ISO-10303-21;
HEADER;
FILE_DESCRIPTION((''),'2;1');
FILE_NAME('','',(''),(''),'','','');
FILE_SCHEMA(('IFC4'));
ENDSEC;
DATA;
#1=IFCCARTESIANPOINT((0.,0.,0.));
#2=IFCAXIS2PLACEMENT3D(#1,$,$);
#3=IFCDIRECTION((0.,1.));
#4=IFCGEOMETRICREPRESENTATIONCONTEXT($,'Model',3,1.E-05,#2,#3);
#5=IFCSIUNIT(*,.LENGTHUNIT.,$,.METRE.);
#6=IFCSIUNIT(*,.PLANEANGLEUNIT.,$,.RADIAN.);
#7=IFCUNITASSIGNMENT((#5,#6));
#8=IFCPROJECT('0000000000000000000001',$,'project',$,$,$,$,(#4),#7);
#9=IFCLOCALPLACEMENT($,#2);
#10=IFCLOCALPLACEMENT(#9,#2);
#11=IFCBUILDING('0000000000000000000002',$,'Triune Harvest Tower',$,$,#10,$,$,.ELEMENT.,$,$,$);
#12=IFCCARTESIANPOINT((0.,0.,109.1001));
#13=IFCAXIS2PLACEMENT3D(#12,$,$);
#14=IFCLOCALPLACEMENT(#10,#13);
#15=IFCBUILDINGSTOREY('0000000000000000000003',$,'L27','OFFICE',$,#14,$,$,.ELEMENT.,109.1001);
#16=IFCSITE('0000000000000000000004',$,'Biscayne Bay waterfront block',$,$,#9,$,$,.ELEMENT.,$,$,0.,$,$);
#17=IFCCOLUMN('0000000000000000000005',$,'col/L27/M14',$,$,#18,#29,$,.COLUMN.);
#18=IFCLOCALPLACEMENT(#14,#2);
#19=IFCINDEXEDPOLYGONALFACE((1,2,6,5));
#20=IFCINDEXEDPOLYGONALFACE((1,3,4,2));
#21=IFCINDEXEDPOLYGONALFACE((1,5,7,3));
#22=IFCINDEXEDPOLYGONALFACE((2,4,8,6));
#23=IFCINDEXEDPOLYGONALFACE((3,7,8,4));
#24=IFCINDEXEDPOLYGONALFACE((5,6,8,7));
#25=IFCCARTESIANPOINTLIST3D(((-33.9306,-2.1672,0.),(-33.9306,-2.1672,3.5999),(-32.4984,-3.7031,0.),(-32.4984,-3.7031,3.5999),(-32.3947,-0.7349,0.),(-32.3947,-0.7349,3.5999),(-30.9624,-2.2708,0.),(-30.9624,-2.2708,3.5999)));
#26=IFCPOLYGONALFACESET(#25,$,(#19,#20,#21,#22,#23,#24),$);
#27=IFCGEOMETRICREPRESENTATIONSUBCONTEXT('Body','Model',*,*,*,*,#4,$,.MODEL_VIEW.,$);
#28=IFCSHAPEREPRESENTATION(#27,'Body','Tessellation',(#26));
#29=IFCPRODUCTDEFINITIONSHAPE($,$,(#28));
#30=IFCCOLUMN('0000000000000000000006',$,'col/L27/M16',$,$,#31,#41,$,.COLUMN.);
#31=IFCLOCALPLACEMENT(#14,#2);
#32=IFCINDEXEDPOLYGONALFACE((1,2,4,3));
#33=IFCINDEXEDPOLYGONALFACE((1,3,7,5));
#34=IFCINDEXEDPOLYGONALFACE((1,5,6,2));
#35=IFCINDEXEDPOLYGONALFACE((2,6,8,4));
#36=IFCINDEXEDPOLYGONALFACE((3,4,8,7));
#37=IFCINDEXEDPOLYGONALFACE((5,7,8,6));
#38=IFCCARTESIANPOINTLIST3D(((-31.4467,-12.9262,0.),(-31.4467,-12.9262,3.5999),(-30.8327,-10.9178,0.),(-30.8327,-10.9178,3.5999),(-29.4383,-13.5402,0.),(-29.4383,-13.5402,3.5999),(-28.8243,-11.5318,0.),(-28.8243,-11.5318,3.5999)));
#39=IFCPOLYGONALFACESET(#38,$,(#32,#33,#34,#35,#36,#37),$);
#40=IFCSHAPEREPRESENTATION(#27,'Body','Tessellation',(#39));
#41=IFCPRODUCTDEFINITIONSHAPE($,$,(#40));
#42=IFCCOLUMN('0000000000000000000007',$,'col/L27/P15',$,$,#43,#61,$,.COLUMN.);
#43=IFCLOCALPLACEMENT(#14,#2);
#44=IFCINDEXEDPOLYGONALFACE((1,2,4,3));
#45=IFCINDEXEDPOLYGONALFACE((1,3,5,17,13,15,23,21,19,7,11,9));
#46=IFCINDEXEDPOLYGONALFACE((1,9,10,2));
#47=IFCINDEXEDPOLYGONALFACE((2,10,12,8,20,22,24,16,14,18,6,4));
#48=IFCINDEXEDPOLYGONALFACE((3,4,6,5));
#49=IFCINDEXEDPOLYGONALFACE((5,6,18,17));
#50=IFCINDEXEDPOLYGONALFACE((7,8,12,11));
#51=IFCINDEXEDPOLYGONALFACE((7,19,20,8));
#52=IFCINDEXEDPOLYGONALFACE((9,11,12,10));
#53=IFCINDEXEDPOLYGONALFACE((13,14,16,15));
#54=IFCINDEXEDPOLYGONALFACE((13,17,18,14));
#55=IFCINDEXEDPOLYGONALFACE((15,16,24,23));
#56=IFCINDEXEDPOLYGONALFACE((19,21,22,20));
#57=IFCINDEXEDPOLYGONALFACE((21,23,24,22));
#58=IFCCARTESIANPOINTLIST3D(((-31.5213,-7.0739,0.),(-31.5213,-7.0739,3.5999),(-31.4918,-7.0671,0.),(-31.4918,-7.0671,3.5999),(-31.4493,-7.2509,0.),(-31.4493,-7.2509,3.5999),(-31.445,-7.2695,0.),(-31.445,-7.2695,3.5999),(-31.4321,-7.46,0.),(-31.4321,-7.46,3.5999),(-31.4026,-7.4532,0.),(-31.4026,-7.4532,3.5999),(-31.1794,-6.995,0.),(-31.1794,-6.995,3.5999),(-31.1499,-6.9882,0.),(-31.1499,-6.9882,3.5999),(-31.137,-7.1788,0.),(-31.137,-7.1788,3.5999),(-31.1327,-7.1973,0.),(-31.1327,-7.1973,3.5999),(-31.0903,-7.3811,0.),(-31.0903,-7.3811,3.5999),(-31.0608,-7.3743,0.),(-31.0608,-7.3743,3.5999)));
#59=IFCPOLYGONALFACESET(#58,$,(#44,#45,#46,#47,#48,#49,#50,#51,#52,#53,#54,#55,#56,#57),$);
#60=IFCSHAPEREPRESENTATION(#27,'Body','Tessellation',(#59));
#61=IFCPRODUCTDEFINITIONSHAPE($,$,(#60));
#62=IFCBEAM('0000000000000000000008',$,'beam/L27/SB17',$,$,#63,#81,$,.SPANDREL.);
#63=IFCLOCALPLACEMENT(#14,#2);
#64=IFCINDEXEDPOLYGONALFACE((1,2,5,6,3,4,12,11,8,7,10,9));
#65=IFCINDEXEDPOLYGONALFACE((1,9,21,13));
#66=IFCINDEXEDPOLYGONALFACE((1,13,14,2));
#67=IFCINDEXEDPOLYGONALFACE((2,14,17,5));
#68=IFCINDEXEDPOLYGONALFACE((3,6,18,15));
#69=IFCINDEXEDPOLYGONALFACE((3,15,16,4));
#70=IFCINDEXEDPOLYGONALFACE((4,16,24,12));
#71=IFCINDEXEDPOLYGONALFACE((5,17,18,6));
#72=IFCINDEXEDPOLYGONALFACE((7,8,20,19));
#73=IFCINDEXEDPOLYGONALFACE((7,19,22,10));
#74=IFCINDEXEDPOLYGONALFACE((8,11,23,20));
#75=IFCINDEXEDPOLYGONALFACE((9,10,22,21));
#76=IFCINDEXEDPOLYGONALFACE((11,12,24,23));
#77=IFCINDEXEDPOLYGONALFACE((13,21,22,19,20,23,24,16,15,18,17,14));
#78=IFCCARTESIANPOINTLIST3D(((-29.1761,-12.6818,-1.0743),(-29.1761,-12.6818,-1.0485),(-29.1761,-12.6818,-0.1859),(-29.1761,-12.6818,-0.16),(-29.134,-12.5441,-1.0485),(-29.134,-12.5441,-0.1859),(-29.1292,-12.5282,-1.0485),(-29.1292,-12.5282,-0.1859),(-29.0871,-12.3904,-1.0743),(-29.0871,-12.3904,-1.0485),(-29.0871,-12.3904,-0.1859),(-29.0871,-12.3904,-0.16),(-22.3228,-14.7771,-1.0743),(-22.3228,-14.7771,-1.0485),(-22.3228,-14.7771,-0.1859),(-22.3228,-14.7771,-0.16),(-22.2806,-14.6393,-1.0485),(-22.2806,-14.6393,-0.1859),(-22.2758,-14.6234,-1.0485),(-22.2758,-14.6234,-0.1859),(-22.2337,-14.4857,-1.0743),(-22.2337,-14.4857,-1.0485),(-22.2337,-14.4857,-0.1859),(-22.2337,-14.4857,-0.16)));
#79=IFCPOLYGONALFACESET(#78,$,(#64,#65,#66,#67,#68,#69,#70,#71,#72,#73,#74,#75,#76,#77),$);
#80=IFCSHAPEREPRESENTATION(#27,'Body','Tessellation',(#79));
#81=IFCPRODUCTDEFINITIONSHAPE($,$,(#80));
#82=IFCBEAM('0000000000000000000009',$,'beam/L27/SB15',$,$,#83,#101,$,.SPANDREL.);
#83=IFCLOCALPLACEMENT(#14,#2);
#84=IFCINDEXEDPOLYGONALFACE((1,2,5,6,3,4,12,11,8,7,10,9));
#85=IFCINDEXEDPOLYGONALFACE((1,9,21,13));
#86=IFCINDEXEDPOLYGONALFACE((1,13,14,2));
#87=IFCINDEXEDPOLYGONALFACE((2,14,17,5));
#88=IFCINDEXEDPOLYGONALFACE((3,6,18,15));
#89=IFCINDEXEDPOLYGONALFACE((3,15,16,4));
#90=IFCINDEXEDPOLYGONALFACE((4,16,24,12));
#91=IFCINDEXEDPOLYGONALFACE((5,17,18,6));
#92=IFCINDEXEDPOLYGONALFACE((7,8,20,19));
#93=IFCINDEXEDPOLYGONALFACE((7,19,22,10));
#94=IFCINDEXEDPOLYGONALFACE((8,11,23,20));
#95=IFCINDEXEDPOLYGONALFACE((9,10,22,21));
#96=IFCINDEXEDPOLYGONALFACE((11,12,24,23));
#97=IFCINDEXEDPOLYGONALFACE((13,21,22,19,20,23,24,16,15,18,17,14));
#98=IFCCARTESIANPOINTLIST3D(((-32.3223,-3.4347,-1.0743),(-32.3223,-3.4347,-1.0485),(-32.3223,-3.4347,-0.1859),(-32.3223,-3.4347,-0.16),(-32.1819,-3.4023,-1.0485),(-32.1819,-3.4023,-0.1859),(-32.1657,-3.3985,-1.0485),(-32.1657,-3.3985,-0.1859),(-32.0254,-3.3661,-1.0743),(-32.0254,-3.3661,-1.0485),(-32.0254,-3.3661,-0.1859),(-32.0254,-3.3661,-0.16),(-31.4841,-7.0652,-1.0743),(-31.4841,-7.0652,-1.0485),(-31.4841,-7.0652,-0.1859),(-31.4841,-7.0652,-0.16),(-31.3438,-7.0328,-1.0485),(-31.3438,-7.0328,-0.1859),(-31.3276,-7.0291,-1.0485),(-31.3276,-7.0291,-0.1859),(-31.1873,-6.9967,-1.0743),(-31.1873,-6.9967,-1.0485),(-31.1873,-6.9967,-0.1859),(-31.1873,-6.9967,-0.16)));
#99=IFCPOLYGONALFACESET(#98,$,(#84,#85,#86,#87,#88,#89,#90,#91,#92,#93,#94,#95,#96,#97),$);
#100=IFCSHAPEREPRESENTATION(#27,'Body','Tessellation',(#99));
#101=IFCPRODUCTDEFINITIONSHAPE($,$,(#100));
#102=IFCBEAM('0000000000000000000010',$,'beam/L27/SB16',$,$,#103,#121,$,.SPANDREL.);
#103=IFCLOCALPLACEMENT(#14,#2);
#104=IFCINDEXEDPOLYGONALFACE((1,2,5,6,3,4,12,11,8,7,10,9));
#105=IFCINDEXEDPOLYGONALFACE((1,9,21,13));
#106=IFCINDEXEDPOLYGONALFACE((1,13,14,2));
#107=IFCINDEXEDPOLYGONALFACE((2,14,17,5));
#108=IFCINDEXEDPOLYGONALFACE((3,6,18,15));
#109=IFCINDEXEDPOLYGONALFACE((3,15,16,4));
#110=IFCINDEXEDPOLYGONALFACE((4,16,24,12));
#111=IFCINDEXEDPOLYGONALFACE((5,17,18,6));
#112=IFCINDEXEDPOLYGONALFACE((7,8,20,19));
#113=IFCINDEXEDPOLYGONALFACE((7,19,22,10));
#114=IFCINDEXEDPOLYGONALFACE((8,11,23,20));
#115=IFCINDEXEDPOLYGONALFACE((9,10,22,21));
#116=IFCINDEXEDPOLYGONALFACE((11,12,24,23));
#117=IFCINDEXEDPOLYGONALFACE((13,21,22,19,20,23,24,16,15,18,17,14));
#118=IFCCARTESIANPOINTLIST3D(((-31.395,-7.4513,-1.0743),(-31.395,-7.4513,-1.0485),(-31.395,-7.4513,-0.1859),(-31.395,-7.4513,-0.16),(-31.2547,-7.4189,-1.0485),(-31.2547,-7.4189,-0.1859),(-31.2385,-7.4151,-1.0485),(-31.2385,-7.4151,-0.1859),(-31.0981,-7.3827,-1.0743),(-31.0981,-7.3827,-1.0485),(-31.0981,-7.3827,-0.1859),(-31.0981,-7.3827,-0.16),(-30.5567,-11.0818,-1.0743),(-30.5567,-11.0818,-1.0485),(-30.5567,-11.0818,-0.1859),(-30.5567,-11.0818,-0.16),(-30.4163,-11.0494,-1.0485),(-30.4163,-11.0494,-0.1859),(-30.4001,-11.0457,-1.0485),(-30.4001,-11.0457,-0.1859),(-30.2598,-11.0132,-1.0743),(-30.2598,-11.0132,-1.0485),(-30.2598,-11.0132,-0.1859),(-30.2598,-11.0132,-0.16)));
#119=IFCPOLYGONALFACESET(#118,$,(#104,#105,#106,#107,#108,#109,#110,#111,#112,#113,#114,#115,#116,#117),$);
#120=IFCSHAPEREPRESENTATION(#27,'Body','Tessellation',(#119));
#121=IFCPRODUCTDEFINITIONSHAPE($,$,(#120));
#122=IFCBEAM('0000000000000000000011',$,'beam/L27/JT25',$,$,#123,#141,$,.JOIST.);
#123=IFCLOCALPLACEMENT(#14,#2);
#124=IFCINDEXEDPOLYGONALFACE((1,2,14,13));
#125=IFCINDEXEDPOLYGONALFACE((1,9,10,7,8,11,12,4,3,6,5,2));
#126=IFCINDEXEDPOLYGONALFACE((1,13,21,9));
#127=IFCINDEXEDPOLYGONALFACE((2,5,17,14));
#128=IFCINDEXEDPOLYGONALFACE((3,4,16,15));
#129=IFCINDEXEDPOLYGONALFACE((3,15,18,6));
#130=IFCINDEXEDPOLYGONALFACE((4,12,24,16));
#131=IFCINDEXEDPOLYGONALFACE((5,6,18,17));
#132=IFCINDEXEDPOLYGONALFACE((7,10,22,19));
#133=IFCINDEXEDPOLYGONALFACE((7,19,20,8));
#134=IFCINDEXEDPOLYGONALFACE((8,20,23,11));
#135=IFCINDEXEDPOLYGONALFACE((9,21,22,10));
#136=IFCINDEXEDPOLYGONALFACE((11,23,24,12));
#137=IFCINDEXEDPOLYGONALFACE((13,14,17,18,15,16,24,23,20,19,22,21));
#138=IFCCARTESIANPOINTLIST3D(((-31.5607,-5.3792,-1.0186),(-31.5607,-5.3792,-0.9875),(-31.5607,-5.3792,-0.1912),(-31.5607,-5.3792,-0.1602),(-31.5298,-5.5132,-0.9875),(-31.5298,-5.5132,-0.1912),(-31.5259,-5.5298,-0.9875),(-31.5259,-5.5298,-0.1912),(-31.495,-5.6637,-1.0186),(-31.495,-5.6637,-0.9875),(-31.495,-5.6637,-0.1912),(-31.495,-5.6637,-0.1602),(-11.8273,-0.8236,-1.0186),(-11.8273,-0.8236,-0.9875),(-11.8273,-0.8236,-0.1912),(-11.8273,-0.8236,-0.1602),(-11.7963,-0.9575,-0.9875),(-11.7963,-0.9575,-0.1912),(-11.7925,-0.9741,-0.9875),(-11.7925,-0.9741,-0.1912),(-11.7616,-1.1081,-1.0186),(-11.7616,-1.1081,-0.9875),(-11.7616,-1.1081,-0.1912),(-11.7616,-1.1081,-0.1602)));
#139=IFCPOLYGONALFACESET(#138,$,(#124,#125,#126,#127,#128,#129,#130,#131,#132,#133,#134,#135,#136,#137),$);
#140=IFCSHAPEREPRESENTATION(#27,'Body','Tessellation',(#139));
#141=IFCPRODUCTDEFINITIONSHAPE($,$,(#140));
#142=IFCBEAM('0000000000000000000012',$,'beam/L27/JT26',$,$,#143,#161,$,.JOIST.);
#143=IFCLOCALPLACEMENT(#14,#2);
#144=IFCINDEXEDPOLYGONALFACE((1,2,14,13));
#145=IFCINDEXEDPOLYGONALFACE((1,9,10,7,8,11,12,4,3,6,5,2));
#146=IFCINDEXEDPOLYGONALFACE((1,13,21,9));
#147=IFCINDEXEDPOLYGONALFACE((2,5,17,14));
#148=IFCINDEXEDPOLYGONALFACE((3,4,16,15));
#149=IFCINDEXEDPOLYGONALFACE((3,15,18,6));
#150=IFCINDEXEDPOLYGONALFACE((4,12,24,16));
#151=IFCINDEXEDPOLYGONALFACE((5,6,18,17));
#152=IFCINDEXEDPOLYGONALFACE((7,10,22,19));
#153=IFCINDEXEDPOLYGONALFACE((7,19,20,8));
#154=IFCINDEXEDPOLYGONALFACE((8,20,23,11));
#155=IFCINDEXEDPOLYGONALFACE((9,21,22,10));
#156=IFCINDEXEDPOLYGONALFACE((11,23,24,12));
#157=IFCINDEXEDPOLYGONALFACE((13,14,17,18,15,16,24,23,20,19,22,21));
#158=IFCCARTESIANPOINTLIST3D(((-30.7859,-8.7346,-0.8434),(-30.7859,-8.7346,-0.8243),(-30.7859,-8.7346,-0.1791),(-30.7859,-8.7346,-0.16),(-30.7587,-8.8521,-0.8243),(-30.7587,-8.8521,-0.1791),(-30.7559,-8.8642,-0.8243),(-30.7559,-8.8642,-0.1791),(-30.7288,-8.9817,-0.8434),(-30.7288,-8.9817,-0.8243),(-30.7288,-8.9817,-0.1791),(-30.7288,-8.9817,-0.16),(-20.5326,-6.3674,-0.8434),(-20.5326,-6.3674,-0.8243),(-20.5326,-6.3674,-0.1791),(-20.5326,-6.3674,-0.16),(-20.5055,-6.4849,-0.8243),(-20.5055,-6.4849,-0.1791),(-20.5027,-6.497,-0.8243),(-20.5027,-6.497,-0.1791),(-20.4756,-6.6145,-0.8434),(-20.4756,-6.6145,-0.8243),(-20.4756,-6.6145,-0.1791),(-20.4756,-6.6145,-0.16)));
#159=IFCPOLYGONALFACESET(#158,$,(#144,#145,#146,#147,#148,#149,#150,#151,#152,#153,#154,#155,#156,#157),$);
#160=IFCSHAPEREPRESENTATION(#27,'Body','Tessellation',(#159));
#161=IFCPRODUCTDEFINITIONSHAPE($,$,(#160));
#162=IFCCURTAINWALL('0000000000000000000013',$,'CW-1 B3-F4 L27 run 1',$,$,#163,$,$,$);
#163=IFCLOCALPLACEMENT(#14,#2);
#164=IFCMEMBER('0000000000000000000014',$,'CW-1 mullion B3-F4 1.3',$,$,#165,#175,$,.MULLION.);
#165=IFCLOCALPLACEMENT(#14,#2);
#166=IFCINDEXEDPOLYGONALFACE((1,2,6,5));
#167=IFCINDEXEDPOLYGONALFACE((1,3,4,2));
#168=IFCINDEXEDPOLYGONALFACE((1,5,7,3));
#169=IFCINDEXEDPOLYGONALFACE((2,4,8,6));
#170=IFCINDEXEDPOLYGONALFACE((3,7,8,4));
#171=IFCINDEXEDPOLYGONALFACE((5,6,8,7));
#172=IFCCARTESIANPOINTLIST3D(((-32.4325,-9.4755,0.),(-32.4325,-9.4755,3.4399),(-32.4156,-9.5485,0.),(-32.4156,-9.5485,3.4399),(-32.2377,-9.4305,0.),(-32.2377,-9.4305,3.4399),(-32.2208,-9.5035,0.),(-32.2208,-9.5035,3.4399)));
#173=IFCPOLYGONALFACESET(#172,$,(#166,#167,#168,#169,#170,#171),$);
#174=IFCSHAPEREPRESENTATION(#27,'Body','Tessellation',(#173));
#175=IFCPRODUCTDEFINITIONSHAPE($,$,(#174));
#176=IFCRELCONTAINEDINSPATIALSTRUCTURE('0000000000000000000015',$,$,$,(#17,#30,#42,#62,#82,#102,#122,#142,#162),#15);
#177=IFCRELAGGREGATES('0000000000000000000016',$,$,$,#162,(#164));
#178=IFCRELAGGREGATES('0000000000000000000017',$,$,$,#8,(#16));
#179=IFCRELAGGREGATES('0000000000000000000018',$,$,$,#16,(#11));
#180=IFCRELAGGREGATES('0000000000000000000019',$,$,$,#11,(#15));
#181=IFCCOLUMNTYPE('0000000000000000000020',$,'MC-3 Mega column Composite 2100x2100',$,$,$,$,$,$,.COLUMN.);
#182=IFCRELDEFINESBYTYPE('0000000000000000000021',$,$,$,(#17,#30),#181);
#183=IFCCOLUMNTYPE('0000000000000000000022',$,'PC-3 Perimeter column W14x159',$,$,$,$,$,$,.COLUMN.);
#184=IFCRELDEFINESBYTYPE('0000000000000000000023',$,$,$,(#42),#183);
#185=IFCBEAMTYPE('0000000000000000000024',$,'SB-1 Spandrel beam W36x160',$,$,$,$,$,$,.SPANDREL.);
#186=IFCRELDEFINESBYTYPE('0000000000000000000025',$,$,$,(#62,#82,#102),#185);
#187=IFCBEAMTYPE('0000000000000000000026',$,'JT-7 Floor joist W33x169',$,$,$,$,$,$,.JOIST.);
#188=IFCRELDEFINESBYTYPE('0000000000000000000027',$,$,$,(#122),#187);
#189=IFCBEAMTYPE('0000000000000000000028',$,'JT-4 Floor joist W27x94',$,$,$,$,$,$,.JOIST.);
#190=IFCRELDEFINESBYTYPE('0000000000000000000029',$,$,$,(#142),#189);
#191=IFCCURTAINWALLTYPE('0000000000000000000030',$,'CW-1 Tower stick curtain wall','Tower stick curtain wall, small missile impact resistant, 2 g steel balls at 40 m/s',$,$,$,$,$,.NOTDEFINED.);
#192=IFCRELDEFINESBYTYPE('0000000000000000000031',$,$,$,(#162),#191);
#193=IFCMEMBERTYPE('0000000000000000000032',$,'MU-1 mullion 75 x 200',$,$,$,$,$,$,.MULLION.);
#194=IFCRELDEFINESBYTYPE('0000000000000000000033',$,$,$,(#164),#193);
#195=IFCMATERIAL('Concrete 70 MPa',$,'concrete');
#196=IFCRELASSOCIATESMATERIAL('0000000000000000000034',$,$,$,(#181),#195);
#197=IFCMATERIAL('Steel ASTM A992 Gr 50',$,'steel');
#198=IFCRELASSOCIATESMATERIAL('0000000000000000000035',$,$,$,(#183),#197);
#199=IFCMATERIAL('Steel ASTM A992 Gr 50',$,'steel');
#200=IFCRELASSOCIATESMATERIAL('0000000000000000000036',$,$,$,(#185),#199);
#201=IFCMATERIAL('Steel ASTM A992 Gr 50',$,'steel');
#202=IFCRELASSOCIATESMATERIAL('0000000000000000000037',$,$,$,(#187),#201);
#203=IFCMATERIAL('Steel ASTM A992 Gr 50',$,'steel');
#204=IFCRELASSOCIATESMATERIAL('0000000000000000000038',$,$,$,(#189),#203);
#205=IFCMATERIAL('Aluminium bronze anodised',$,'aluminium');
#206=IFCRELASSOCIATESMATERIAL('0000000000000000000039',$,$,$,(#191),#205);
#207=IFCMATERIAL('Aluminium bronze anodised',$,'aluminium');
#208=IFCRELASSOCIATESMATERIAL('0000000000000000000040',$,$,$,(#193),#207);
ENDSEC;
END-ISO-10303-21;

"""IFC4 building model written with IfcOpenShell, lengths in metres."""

from ifc_helpers import new_model, si_unit, direction, frame, origin, origin_2d, place, context, subcontext, project, spatial, rectangle, i_section, extrude, source, transform, mapped, material, material_profile, profile_set, type_object, element, aggregate, save


model = new_model("IFC4")

# Units and contexts
model_context = context("Model", 3, precision=1e-05, world=origin(), true_north=direction((0.0, 1.0)))
body_context = subcontext(model_context, "Body", "Model", "MODEL_VIEW")
ifc_project = project(units=[si_unit("LENGTHUNIT", "METRE"), si_unit("PLANEANGLEUNIT", "RADIAN")], contexts=[model_context])

# Site, building, storey
site_placement = place(None, origin())
site = spatial("IfcSite", under=ifc_project, at=site_placement, Name="Biscayne Bay waterfront block", CompositionType="ELEMENT", RefElevation=0.0)
building_placement = place(site_placement, origin())
building = spatial("IfcBuilding", under=site, at=building_placement, Name="Triune Harvest Tower", CompositionType="ELEMENT")
storey_placement = place(building_placement, frame((0.0, 0.0, 109.1001)))
storey = spatial("IfcBuildingStorey", under=building, at=storey_placement, Name="L27", Description="OFFICE", CompositionType="ELEMENT", Elevation=109.1001)

# Columns
ifc_material_1 = material(Name="Concrete 70 MPa", Category="concrete")
ifc_material_profile_1 = material_profile(ifc_material_1, rectangle(XDim=2.1001, YDim=2.1001, at=origin_2d()), Name="Composite 2100x2100")
ifc_profile_set_1 = profile_set([ifc_material_profile_1], Name="Concrete 70 MPa")
column_type_1 = type_object("IfcColumnType", Name="MC-3 Mega column Composite 2100x2100", PredefinedType="COLUMN", material=ifc_profile_set_1)
shared_shape_1 = source(origin(), body_context, "Body", "SweptSolid", [
    extrude(rectangle(XDim=2.1001, YDim=2.1001, at=origin_2d()), origin(), (0.0, 0.0, 1.0), 3.5999),
])
for number, where, z_axis, x_axis, name in (
    (1, (-32.4465, -2.219, 0.0), (0.0, 0.0, 1.0), (-0.731355, -0.681997, 0.0), "col/L27/M14"),
    (2, (-30.1355, -12.229, 0.0), (0.0, 0.0, 1.0), (0.956305, -0.292372, 0.0), "col/L27/M16"),
):
    element("IfcColumn", number, at=place(storey_placement, frame(where, z_axis=z_axis, x_axis=x_axis)), inside=storey, type_object=column_type_1, Name=name, PredefinedType="COLUMN", context=body_context, shape_type="MappedRepresentation", body=[
        mapped(shared_shape_1, transform((0.0, 0.0, 0.0), scale=1.0)),
    ])
ifc_material_2 = material(Name="Steel ASTM A992 Gr 50", Category="steel")
ifc_material_profile_2 = material_profile(ifc_material_2, i_section(OverallWidth=0.3962, OverallDepth=0.3811, WebThickness=0.019, FlangeThickness=0.0303, at=origin_2d()), Name="W14x159")
ifc_profile_set_2 = profile_set([ifc_material_profile_2], Name="Steel ASTM A992 Gr 50")
column_type_2 = type_object("IfcColumnType", Name="PC-3 Perimeter column W14x159", PredefinedType="COLUMN", material=ifc_profile_set_2)
shared_shape_2 = source(origin(), body_context, "Body", "SweptSolid", [
    extrude(i_section(OverallWidth=0.3962, OverallDepth=0.3811, WebThickness=0.019, FlangeThickness=0.0303, at=origin_2d()), origin(), (0.0, 0.0, 1.0), 3.5999),
])
column_placement = place(storey_placement, frame((-31.291, -7.2241, 0.0), z_axis=(0.0, 0.0, 1.0), x_axis=(0.224951, -0.97437, 0.0)))
element("IfcColumn", 3, at=column_placement, inside=storey, type_object=column_type_2, Name="col/L27/P15", PredefinedType="COLUMN", context=body_context, shape_type="MappedRepresentation", body=[
    mapped(shared_shape_2, transform((0.0, 0.0, 0.0), scale=1.0)),
])

# Beams
ifc_material_3 = material(Name="Steel ASTM A992 Gr 50", Category="steel")
ifc_material_profile_3 = material_profile(ifc_material_3, i_section(OverallWidth=0.3047, OverallDepth=0.9143, WebThickness=0.0166, FlangeThickness=0.0259, at=origin_2d()), Name="W36x160")
ifc_profile_set_3 = profile_set([ifc_material_profile_3], Name="Steel ASTM A992 Gr 50")
beam_type_1 = type_object("IfcBeamType", Name="SB-1 Spandrel beam W36x160", PredefinedType="SPANDREL", material=ifc_profile_set_3)
shared_shape_3 = source(origin(), body_context, "Body", "SweptSolid", [
    extrude(i_section(OverallWidth=0.3047, OverallDepth=0.9143, WebThickness=0.0166, FlangeThickness=0.0259, at=origin_2d()), origin(), (0.0, 0.0, 1.0), 7.1665),
])
beam_1_placement = place(storey_placement, frame((-29.1316, -12.5361, -0.6172), z_axis=(0.956306, -0.292367, 0.0), x_axis=(0.292367, 0.956306, 0.0)))
element("IfcBeam", 4, at=beam_1_placement, inside=storey, type_object=beam_type_1, Name="beam/L27/SB17", PredefinedType="SPANDREL", context=body_context, shape_type="MappedRepresentation", body=[
    mapped(shared_shape_3, transform((0.0, 0.0, 0.0), scale=1.0)),
])
shared_shape_4 = source(origin(), body_context, "Body", "SweptSolid", [
    extrude(i_section(OverallWidth=0.3047, OverallDepth=0.9143, WebThickness=0.0166, FlangeThickness=0.0259, at=origin_2d()), origin(), (0.0, 0.0, 1.0), 3.7261),
])
for number, where, z_axis, x_axis, name in (
    (5, (-32.1738, -3.4004, -0.6172), (0.224936, -0.974374, 0.0), (0.974374, 0.224936, 0.0), "beam/L27/SB15"),
    (6, (-31.2466, -7.417, -0.6172), (0.224998, -0.974359, 0.0), (0.974359, 0.224998, 0.0), "beam/L27/SB16"),
):
    element("IfcBeam", number, at=place(storey_placement, frame(where, z_axis=z_axis, x_axis=x_axis)), inside=storey, type_object=beam_type_1, Name=name, PredefinedType="SPANDREL", context=body_context, shape_type="MappedRepresentation", body=[
        mapped(shared_shape_4, transform((0.0, 0.0, 0.0), scale=1.0)),
    ])
ifc_material_4 = material(Name="Steel ASTM A992 Gr 50", Category="steel")
ifc_material_profile_4 = material_profile(ifc_material_4, i_section(OverallWidth=0.292, OverallDepth=0.8584, WebThickness=0.0171, FlangeThickness=0.031, at=origin_2d()), Name="W33x169")
ifc_profile_set_4 = profile_set([ifc_material_profile_4], Name="Steel ASTM A992 Gr 50")
beam_type_2 = type_object("IfcBeamType", Name="JT-7 Floor joist W33x169", PredefinedType="JOIST", material=ifc_profile_set_4)
shared_shape_5 = source(origin(), body_context, "Body", "SweptSolid", [
    extrude(i_section(OverallWidth=0.292, OverallDepth=0.8584, WebThickness=0.0171, FlangeThickness=0.031, at=origin_2d()), origin(), (0.0, 0.0, 1.0), 20.2524),
])
beam_2_placement = place(storey_placement, frame((-31.5278, -5.5215, -0.5894), z_axis=(0.974372, 0.224944, 0.0), x_axis=(-0.224944, 0.974372, 0.0)))
element("IfcBeam", 7, at=beam_2_placement, inside=storey, type_object=beam_type_2, Name="beam/L27/JT25", PredefinedType="JOIST", context=body_context, shape_type="MappedRepresentation", body=[
    mapped(shared_shape_5, transform((0.0, 0.0, 0.0), scale=1.0)),
])
ifc_material_5 = material(Name="Steel ASTM A992 Gr 50", Category="steel")
ifc_material_profile_5 = material_profile(ifc_material_5, i_section(OverallWidth=0.2537, OverallDepth=0.6833, WebThickness=0.0125, FlangeThickness=0.019, at=origin_2d()), Name="W27x94")
ifc_profile_set_5 = profile_set([ifc_material_profile_5], Name="Steel ASTM A992 Gr 50")
beam_type_3 = type_object("IfcBeamType", Name="JT-4 Floor joist W27x94", PredefinedType="JOIST", material=ifc_profile_set_5)
shared_shape_6 = source(origin(), body_context, "Body", "SweptSolid", [
    extrude(i_section(OverallWidth=0.2537, OverallDepth=0.6833, WebThickness=0.0125, FlangeThickness=0.019, at=origin_2d()), origin(), (0.0, 0.0, 1.0), 10.5229),
])
beam_3_placement = place(storey_placement, frame((-30.7573, -8.8582, -0.5017), z_axis=(0.974369, 0.224956, 0.0), x_axis=(-0.224956, 0.974369, 0.0)))
element("IfcBeam", 8, at=beam_3_placement, inside=storey, type_object=beam_type_3, Name="beam/L27/JT26", PredefinedType="JOIST", context=body_context, shape_type="MappedRepresentation", body=[
    mapped(shared_shape_6, transform((0.0, 0.0, 0.0), scale=1.0)),
])

# Curtain wall, member
ifc_material_6 = material(Name="Aluminium bronze anodised", Category="aluminium")
curtain_wall_type = type_object("IfcCurtainWallType", Name="CW-1 Tower stick curtain wall", Description="Tower stick curtain wall, small missile impact resistant, 2 g steel balls at 40 m/s", PredefinedType="NOTDEFINED", material=ifc_material_6)
curtain_wall_1_placement = place(storey_placement, origin())
curtain_wall_1 = element("IfcCurtainWall", 9, at=curtain_wall_1_placement, inside=storey, type_object=curtain_wall_type, Name="CW-1 B3-F4 L27 run 1")
ifc_material_7 = material(Name="Aluminium bronze anodised", Category="aluminium")
ifc_material_profile_6 = material_profile(ifc_material_7, rectangle(XDim=0.2, YDim=0.075, at=origin_2d()), Name="MU-1 mullion 75 x 200")
ifc_profile_set_6 = profile_set([ifc_material_profile_6], Name="Aluminium bronze anodised")
member_type_1 = type_object("IfcMemberType", Name="MU-1 mullion 75 x 200", PredefinedType="MULLION", material=ifc_profile_set_6)
shared_shape_7 = source(origin(), body_context, "Body", "SweptSolid", [
    extrude(rectangle(XDim=0.2, YDim=0.075, at=origin_2d()), origin(), (0.0, 0.0, 1.0), 3.4399),
])
member_1_placement = place(storey_placement, frame((-32.3267, -9.4895, 0.0), z_axis=(0.0, 0.0, 1.0), x_axis=(0.974371, 0.224947, 0.0)))
member_1 = element("IfcMember", 10, at=member_1_placement, type_object=member_type_1, Name="CW-1 mullion B3-F4 1.3", PredefinedType="MULLION", context=body_context, shape_type="MappedRepresentation", body=[
    mapped(shared_shape_7, transform((0.0, 0.0, 0.0), scale=1.0)),
])

aggregate(curtain_wall_1, [member_1])

save(model, "model.ifc")
